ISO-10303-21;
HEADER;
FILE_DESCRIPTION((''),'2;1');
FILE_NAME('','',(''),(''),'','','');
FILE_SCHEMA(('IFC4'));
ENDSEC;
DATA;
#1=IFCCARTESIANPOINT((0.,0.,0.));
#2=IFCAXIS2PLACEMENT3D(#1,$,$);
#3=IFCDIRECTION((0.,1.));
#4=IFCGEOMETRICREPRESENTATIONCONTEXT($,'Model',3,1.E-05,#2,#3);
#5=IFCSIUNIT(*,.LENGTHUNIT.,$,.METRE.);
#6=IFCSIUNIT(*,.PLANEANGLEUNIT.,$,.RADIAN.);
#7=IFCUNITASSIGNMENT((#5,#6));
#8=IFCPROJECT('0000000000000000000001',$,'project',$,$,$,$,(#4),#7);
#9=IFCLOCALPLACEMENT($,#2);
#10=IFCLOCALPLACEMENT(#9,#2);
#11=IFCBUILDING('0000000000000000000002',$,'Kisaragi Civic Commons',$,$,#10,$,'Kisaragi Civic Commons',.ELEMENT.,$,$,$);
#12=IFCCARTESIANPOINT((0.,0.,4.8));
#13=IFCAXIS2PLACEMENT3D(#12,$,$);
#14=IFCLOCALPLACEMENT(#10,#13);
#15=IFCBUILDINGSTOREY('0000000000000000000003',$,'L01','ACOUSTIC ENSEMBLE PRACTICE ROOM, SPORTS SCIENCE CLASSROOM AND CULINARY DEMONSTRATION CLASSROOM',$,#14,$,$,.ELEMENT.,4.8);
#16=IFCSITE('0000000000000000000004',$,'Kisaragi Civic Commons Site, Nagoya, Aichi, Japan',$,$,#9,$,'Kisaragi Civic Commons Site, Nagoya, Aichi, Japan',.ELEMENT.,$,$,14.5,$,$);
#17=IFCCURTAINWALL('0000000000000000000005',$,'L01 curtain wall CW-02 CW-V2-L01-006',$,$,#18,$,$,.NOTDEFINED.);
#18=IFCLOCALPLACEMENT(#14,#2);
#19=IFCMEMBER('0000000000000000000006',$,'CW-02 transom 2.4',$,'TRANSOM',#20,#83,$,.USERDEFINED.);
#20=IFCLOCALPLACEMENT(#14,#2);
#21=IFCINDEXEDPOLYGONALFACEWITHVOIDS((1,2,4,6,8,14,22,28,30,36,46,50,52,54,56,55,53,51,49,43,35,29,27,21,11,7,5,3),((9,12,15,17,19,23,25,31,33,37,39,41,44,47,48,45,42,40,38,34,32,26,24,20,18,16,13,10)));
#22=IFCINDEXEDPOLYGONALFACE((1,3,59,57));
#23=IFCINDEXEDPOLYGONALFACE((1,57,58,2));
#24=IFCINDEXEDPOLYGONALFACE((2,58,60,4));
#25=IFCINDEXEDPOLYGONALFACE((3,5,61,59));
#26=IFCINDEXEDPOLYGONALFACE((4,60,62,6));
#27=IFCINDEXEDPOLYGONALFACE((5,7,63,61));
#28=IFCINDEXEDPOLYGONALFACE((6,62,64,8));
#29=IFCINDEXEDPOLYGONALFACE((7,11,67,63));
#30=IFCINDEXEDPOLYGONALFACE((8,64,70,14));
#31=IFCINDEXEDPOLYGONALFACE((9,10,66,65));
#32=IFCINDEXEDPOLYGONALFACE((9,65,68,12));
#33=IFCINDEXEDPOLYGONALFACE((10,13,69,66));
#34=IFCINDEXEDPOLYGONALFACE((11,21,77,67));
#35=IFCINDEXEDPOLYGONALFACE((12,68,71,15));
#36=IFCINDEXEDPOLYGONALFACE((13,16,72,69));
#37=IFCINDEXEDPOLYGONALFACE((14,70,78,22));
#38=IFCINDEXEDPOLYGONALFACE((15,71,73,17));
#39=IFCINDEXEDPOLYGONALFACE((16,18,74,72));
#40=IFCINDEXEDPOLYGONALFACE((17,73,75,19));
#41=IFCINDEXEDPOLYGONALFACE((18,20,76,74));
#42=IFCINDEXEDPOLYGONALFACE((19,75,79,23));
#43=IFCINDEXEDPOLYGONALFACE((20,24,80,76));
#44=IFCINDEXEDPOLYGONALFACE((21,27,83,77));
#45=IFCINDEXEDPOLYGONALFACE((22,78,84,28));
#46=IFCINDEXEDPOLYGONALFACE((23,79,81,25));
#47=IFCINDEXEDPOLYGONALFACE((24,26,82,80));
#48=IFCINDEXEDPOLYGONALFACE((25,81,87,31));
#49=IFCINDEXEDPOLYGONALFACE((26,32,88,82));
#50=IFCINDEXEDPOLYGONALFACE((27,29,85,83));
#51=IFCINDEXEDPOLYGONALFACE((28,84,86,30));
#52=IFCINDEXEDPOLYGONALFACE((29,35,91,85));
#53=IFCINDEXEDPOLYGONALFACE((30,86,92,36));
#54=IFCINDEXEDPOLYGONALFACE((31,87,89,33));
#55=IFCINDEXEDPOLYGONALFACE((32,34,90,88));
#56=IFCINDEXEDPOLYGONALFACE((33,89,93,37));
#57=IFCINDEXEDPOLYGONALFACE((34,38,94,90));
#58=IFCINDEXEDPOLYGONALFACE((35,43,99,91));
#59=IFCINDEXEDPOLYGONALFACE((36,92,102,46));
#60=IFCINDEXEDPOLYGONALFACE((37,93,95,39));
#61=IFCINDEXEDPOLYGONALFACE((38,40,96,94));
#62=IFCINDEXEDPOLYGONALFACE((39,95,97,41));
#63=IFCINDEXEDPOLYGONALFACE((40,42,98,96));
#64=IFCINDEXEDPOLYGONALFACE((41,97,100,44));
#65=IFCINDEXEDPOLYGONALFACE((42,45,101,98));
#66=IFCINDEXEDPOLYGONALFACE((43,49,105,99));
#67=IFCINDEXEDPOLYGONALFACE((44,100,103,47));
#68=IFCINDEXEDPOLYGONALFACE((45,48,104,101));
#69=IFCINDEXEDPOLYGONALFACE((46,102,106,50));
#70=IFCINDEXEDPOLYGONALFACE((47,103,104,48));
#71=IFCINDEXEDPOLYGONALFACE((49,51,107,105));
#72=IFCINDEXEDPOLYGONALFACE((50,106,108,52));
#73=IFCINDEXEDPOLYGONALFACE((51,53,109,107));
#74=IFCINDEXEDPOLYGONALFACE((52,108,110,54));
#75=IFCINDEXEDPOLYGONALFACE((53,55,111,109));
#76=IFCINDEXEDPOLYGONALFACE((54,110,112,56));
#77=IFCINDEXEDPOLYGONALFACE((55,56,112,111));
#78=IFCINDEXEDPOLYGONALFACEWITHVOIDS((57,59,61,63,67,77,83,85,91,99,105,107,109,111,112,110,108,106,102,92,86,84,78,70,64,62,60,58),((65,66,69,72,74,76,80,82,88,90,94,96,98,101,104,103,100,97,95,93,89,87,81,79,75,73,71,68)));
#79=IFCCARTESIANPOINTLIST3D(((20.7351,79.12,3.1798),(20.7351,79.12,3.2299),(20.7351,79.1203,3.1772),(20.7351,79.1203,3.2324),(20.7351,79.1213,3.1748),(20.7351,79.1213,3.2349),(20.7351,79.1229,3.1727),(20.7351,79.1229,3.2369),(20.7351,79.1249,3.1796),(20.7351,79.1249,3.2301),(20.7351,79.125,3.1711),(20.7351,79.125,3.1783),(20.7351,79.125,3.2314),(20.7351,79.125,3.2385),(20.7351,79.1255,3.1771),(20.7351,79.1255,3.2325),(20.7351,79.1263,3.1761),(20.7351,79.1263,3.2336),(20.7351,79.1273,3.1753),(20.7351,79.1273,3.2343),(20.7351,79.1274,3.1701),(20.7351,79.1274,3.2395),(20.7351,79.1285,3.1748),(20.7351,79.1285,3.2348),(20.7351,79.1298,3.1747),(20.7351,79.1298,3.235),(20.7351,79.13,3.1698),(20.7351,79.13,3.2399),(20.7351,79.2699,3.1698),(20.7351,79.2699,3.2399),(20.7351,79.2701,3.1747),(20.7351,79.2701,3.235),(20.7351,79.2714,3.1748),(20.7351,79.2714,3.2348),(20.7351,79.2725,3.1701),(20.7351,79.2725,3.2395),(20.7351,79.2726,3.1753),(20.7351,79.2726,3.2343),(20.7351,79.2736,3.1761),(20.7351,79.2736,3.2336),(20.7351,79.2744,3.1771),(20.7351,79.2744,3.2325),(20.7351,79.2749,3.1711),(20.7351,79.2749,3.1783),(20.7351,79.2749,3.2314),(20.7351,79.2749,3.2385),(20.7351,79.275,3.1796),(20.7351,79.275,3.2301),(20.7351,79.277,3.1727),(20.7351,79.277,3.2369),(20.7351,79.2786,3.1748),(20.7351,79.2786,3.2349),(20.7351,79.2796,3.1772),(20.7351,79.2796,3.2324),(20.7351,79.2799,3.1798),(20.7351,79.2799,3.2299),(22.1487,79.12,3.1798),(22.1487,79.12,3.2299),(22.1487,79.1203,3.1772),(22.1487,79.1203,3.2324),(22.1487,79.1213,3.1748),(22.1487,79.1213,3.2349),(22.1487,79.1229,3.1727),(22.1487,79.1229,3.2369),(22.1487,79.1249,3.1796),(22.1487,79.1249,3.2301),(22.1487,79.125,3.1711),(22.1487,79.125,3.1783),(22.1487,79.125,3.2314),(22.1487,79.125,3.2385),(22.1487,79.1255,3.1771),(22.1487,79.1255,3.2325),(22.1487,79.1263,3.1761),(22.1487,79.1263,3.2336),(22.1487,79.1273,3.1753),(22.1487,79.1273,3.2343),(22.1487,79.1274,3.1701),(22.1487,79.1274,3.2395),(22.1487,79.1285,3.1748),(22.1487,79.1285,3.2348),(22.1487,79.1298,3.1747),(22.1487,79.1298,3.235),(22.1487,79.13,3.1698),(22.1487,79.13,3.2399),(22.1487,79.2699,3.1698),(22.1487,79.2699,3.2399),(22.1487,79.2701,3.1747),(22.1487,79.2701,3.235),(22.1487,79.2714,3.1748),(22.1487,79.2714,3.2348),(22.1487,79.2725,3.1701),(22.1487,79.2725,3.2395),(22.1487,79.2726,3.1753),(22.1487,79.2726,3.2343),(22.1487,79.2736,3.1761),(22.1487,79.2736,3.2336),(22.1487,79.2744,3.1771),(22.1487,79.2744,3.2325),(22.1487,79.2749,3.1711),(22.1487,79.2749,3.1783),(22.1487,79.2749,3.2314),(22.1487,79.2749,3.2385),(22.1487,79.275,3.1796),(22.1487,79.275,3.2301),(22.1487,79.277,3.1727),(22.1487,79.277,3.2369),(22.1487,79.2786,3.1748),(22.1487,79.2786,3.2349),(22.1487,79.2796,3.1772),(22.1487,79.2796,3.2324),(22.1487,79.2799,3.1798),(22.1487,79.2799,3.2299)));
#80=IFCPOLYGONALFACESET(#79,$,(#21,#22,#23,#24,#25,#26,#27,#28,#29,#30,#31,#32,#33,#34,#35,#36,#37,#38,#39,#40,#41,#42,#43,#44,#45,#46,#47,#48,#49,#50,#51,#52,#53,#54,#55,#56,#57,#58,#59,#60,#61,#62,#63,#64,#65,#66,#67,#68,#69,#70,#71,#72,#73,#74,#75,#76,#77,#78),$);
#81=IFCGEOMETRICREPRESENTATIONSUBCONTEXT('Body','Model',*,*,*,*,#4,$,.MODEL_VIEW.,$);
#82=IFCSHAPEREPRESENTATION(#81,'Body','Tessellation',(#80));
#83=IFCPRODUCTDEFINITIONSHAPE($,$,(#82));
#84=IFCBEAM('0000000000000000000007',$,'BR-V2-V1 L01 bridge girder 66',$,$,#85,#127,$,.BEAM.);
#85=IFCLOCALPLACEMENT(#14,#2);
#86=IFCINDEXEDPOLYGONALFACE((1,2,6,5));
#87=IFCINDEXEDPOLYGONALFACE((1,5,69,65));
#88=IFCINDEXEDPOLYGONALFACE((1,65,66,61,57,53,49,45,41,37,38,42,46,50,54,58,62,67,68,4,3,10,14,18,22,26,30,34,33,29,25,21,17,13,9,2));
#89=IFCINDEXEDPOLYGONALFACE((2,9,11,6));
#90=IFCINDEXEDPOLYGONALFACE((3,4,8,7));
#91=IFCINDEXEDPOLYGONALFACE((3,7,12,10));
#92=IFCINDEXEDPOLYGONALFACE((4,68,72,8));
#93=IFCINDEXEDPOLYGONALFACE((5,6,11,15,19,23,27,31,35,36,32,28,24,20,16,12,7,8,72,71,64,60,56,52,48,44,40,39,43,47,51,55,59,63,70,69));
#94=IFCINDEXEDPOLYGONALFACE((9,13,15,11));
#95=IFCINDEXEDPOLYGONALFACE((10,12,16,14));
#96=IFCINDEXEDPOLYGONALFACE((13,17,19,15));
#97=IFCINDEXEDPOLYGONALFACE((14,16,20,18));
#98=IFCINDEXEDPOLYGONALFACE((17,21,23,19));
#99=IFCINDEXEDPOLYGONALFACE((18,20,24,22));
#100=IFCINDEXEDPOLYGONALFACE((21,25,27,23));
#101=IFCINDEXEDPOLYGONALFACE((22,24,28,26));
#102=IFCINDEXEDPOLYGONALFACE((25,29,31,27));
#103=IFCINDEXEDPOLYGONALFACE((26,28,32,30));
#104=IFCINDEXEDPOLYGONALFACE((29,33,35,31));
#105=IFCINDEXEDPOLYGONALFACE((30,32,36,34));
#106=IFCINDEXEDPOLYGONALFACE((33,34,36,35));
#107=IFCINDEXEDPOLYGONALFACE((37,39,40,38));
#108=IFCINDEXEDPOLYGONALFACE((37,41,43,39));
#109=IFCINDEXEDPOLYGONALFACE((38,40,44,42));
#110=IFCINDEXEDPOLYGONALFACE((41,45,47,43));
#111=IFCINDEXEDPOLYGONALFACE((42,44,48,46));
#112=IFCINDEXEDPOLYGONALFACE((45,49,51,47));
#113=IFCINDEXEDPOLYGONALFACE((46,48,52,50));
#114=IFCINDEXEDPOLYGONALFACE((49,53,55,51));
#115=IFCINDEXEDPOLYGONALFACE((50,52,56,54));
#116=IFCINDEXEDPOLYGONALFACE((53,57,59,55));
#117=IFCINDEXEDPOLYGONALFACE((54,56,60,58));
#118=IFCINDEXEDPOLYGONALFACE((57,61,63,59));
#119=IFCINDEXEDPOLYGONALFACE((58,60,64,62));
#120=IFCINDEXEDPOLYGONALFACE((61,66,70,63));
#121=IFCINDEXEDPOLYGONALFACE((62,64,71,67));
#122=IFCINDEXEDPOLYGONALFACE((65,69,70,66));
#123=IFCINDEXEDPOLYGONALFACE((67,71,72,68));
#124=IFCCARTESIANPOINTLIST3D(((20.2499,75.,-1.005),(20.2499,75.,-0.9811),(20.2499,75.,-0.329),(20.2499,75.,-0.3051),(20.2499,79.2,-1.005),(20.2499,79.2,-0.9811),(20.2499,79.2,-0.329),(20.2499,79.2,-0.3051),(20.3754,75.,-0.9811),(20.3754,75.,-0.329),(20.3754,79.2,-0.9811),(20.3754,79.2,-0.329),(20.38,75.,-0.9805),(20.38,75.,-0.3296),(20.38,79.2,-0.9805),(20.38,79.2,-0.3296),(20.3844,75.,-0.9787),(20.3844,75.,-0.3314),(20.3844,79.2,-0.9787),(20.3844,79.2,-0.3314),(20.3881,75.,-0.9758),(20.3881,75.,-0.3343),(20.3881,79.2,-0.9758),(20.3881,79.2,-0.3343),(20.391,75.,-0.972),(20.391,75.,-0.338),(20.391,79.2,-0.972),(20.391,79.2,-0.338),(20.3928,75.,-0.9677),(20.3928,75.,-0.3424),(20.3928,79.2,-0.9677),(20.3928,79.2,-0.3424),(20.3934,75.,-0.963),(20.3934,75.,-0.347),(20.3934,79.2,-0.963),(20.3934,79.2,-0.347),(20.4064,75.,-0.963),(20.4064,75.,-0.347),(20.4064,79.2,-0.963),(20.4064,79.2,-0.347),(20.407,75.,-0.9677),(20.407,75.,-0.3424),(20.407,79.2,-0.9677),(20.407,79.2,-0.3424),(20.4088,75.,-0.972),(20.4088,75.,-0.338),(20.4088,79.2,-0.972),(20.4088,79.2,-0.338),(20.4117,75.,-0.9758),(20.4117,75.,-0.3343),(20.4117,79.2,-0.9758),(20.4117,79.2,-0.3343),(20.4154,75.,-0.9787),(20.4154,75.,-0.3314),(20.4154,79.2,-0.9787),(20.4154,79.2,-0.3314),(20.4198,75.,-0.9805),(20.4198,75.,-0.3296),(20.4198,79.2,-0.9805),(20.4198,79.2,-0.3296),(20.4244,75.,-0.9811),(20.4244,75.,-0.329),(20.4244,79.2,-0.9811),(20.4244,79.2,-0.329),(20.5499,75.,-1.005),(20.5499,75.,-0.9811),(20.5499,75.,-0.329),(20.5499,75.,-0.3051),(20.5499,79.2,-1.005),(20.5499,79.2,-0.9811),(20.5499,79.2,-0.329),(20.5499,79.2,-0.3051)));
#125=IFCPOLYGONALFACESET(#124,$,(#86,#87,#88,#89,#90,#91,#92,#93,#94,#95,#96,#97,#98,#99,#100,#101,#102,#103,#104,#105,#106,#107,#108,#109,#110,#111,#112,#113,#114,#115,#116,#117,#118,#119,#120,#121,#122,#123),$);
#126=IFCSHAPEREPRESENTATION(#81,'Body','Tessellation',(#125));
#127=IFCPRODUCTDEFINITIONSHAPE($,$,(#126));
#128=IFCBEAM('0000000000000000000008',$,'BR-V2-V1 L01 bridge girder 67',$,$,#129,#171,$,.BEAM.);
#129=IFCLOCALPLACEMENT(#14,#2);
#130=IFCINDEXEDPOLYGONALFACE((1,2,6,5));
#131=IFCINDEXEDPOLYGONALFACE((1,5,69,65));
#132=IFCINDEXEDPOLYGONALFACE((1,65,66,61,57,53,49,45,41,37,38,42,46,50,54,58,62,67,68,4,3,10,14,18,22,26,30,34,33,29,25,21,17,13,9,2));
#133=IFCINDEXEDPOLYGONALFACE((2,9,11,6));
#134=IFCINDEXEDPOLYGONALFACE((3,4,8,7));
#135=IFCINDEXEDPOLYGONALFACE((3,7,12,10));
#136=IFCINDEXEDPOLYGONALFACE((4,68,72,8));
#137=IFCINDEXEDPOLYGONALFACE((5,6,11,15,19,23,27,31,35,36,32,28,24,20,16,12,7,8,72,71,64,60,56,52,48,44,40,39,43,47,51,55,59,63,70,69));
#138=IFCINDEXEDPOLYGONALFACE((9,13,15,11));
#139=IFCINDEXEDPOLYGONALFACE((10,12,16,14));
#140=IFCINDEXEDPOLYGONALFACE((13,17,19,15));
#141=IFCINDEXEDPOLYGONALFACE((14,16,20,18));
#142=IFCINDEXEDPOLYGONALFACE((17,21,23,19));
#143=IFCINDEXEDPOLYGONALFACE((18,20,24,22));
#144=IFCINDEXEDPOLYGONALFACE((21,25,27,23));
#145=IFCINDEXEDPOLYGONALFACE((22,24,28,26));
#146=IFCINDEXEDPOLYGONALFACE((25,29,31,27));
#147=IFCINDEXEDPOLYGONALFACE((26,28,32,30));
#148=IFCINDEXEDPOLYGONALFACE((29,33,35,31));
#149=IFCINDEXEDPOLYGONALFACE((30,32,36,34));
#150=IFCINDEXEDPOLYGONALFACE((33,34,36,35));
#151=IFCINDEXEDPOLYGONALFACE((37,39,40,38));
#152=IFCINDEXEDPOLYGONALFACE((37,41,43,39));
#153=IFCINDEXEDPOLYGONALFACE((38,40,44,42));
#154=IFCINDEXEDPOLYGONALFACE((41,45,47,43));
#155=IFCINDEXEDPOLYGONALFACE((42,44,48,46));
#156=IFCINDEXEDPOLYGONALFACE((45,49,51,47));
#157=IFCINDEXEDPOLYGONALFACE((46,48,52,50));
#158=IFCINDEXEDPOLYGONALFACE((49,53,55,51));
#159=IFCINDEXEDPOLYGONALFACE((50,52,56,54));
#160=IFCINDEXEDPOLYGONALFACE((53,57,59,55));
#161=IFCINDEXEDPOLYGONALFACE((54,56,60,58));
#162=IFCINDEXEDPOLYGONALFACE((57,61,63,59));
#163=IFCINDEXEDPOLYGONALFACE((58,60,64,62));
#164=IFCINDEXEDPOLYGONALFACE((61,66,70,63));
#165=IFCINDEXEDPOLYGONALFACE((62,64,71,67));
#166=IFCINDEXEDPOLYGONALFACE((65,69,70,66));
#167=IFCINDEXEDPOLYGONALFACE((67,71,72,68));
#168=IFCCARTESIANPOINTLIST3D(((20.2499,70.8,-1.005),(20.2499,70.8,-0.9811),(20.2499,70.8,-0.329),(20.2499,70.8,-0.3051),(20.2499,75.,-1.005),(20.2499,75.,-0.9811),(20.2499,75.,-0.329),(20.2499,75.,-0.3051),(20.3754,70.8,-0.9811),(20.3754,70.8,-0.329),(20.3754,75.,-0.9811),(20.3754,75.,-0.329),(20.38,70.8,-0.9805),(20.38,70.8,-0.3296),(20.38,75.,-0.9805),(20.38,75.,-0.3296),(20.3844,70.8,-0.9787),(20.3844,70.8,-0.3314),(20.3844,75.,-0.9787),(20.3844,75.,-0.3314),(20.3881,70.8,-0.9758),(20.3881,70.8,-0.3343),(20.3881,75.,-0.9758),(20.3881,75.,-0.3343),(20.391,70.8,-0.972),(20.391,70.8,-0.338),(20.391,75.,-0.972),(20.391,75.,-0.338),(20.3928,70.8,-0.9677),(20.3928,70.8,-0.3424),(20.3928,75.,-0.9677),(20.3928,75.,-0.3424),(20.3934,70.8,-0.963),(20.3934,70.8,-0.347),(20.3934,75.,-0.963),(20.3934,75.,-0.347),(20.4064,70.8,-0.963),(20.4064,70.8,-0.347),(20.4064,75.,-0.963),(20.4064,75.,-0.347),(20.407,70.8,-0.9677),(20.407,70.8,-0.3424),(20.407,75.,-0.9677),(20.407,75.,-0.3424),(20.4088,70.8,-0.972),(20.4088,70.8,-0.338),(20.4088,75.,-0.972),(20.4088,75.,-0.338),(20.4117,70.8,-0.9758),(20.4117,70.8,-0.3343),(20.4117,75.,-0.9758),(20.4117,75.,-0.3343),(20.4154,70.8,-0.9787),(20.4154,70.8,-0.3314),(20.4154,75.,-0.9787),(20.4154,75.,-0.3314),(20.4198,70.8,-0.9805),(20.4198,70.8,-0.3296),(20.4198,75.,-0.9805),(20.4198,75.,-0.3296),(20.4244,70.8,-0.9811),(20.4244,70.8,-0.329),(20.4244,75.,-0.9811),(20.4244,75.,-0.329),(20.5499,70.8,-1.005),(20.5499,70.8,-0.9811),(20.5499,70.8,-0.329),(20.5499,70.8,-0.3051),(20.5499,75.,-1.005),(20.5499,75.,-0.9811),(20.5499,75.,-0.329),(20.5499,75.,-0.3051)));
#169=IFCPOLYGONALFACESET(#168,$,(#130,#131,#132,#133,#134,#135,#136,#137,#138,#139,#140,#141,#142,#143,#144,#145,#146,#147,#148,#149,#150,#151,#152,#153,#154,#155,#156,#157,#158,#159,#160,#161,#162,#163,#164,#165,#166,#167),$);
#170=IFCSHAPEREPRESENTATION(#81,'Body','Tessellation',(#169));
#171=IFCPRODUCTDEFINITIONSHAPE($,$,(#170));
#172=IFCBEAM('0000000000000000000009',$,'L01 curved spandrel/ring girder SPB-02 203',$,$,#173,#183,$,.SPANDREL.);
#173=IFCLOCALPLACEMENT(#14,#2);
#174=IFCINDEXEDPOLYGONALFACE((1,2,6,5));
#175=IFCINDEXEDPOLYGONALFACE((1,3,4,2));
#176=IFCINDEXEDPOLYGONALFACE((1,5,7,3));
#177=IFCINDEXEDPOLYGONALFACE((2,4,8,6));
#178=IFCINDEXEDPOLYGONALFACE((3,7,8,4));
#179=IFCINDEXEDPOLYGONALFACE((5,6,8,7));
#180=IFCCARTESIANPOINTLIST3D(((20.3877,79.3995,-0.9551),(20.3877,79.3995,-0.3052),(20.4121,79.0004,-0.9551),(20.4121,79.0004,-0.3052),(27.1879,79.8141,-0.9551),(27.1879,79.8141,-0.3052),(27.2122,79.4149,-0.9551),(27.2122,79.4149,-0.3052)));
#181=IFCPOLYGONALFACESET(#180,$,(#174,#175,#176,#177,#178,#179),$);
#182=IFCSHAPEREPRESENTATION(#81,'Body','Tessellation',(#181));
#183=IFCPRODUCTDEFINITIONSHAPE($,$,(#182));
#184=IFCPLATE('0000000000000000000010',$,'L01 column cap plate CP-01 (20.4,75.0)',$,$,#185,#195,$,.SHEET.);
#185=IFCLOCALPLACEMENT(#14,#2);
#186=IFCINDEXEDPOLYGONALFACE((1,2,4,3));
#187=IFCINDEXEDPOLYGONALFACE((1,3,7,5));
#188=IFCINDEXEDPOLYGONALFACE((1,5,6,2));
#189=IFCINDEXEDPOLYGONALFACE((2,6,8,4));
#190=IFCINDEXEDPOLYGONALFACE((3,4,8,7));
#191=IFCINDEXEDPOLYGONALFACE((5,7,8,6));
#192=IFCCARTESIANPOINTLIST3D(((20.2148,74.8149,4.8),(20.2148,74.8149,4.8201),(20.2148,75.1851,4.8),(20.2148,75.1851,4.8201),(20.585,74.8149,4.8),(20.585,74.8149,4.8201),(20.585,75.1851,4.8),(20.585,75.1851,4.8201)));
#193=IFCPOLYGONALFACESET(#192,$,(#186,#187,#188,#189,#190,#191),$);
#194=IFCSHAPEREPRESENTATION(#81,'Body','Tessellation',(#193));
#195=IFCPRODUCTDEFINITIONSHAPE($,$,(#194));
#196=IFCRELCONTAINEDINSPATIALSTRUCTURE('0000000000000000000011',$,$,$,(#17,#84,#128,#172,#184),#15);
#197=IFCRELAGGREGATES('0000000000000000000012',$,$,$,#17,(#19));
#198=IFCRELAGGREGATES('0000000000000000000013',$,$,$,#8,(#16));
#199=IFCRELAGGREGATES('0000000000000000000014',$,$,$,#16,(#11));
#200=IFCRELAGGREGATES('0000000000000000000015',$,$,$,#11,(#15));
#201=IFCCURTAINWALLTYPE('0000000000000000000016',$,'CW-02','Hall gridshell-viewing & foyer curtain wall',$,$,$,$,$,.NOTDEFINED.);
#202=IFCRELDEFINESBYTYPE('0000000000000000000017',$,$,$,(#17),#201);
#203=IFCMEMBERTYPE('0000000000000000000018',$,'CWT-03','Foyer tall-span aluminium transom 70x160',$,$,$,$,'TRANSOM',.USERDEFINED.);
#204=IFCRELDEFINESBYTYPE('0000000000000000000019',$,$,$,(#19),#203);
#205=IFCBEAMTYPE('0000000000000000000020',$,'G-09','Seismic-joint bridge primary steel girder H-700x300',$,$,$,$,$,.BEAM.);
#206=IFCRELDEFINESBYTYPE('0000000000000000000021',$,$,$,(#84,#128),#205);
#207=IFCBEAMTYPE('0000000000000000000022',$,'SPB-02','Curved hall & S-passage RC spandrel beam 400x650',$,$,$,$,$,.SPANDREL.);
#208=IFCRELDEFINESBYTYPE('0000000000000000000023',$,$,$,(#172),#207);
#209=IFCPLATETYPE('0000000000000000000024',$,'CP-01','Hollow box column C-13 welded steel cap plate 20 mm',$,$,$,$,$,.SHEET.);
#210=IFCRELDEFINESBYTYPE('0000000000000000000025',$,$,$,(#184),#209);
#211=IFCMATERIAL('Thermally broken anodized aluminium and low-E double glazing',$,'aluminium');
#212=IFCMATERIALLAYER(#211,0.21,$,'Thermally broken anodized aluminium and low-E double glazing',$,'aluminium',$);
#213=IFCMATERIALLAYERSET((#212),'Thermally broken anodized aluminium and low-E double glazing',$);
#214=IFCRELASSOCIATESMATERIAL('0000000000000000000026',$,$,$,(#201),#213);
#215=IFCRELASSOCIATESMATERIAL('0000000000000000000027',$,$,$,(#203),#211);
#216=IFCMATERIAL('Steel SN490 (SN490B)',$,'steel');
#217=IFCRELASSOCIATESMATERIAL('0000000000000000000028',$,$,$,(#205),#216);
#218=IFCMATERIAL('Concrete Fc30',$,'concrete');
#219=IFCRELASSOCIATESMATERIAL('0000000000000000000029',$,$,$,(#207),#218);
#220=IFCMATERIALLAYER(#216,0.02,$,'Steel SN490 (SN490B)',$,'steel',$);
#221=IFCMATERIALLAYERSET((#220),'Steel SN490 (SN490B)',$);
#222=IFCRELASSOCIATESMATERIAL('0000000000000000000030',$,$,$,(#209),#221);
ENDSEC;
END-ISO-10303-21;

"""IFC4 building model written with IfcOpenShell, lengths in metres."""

from ifc_helpers import new_model, si_unit, direction, frame, origin, origin_2d, place, context, subcontext, project, spatial, rectangle, hollow_rectangle, i_section, extrude, material, layer, layer_set, material_profile, profile_set, type_object, element, aggregate, save


model = new_model("IFC4")

# Units and contexts
model_context = context("Model", 3, precision=1e-05, world=origin(), true_north=direction((0.0, 1.0)))
body_context = subcontext(model_context, "Body", "Model", "MODEL_VIEW")
ifc_project = project(units=[si_unit("LENGTHUNIT", "METRE"), si_unit("PLANEANGLEUNIT", "RADIAN")], contexts=[model_context])

# Site, building, storey
site_placement = place(None, origin())
site = spatial("IfcSite", under=ifc_project, at=site_placement, Name="Kisaragi Civic Commons Site, Nagoya, Aichi, Japan", LongName="Kisaragi Civic Commons Site, Nagoya, Aichi, Japan", CompositionType="ELEMENT", RefElevation=14.5)
building_placement = place(site_placement, origin())
building = spatial("IfcBuilding", under=site, at=building_placement, Name="Kisaragi Civic Commons", LongName="Kisaragi Civic Commons", CompositionType="ELEMENT")
storey_placement = place(building_placement, frame((0.0, 0.0, 4.8)))
storey = spatial("IfcBuildingStorey", under=building, at=storey_placement, Name="L01", Description="ACOUSTIC ENSEMBLE PRACTICE ROOM, SPORTS SCIENCE CLASSROOM AND CULINARY DEMONSTRATION CLASSROOM", CompositionType="ELEMENT", Elevation=4.8)

# Shared definitions
ifc_material_1 = material(Name="Concrete Fc30", Category="concrete")

# Curtain wall, member
ifc_material_2 = material(Name="Thermally broken anodized aluminium and low-E double glazing", Category="aluminium")
ifc_layer_1 = layer(ifc_material_2, 0.21, Name="Thermally broken anodized aluminium and low-E double glazing", Category="aluminium")
ifc_layer_set_1 = layer_set([ifc_layer_1], Name="Thermally broken anodized aluminium and low-E double glazing")
curtain_wall_type = type_object("IfcCurtainWallType", Name="CW-02", Description="Hall gridshell-viewing & foyer curtain wall", PredefinedType="NOTDEFINED", material=ifc_layer_set_1)
curtain_wall_placement = place(storey_placement, origin())
curtain_wall = element("IfcCurtainWall", 1, at=curtain_wall_placement, inside=storey, type_object=curtain_wall_type, Name="L01 curtain wall CW-02 CW-V2-L01-006", PredefinedType="NOTDEFINED")
ifc_material_profile_1 = material_profile(ifc_material_2, hollow_rectangle(XDim=0.1599, YDim=0.0701, WallThickness=0.0049, InnerFilletRadius=0.0049, OuterFilletRadius=0.01, at=origin_2d()), Name="CWT-70x160x5", Category="aluminium")
ifc_profile_set_1 = profile_set([ifc_material_profile_1], Name="Thermally broken anodized aluminium and low-E double glazing")
member_type_1 = type_object("IfcMemberType", Name="CWT-03", Description="Foyer tall-span aluminium transom 70x160", ElementType="TRANSOM", PredefinedType="USERDEFINED", material=ifc_profile_set_1)
member_1_placement = place(storey_placement, frame((22.1487, 79.2, 3.2048), z_axis=(-1.0, 0.0, 0.0), x_axis=(0.0, -1.0, 0.0)))
member_1 = element("IfcMember", 2, at=member_1_placement, type_object=member_type_1, Name="CW-02 transom 2.4", ObjectType="TRANSOM", PredefinedType="USERDEFINED", context=body_context, shape_type="SweptSolid", body=[
    extrude(hollow_rectangle(XDim=0.1599, YDim=0.0701, WallThickness=0.0049, InnerFilletRadius=0.0049, OuterFilletRadius=0.01, at=origin_2d()), origin(), (0.0, 0.0, 1.0), 1.4136),
])

# Beams
ifc_material_3 = material(Name="Steel SN490 (SN490B)", Category="steel")
ifc_material_profile_2 = material_profile(ifc_material_3, i_section(OverallWidth=0.3, OverallDepth=0.7, WebThickness=0.0129, FlangeThickness=0.0239, FilletRadius=0.0181, at=origin_2d()), Name="H-700x300x13x24", Category="steel")
ifc_profile_set_2 = profile_set([ifc_material_profile_2], Name="Steel SN490 (SN490B)")
beam_type_1 = type_object("IfcBeamType", Name="G-09", Description="Seismic-joint bridge primary steel girder H-700x300", PredefinedType="BEAM", material=ifc_profile_set_2)
for number, where, z_axis, x_axis, name in (
    (3, (20.3999, 79.2, -0.655), (0.0, -1.0, 0.0), (1.0, 0.0, 0.0), "BR-V2-V1 L01 bridge girder 66"),
    (4, (20.3999, 75.0, -0.655), (0.0, -1.0, 0.0), (1.0, 0.0, 0.0), "BR-V2-V1 L01 bridge girder 67"),
):
    element("IfcBeam", number, at=place(storey_placement, frame(where, z_axis=z_axis, x_axis=x_axis)), inside=storey, type_object=beam_type_1, Name=name, PredefinedType="BEAM", context=body_context, shape_type="SweptSolid", body=[
        extrude(i_section(OverallWidth=0.3, OverallDepth=0.7, WebThickness=0.0129, FlangeThickness=0.0239, FilletRadius=0.0181, at=origin_2d()), origin(), (0.0, 0.0, 1.0), 4.2),
    ])
ifc_material_profile_3 = material_profile(ifc_material_1, rectangle(XDim=0.3999, YDim=0.6499, at=origin_2d()), Name="RC-400x650", Category="concrete")
ifc_profile_set_3 = profile_set([ifc_material_profile_3], Name="Concrete Fc30")
beam_type_2 = type_object("IfcBeamType", Name="SPB-02", Description="Curved hall & S-passage RC spandrel beam 400x650", PredefinedType="SPANDREL", material=ifc_profile_set_3)
beam_placement = place(storey_placement, frame((20.3999, 79.2, -0.6301), z_axis=(0.998147, 0.06085, 0.0), x_axis=(-0.06085, 0.998147, 0.0)))
element("IfcBeam", 5, at=beam_placement, inside=storey, type_object=beam_type_2, Name="L01 curved spandrel/ring girder SPB-02 203", PredefinedType="SPANDREL", context=body_context, shape_type="SweptSolid", body=[
    extrude(rectangle(XDim=0.3999, YDim=0.6499, at=origin_2d()), origin(), (0.0, 0.0, 1.0), 6.8127),
])

# Plate
ifc_layer_2 = layer(ifc_material_3, 0.02, Name="Steel SN490 (SN490B)", Category="steel")
ifc_layer_set_2 = layer_set([ifc_layer_2], Name="Steel SN490 (SN490B)")
plate_type_1 = type_object("IfcPlateType", Name="CP-01", Description="Hollow box column C-13 welded steel cap plate 20 mm", PredefinedType="SHEET", material=ifc_layer_set_2)
plate_1_placement = place(storey_placement, frame((20.3999, 75.0, 4.8), z_axis=(0.0, 0.0, 1.0), x_axis=(1.0, 0.0, 0.0)))
element("IfcPlate", 6, at=plate_1_placement, inside=storey, type_object=plate_type_1, Name="L01 column cap plate CP-01 (20.4,75.0)", PredefinedType="SHEET", context=body_context, shape_type="SweptSolid", body=[
    extrude(rectangle(XDim=0.3701, YDim=0.3701, at=origin_2d()), origin(), (0.0, 0.0, 1.0), 0.02),
])
aggregate(curtain_wall, [member_1])

save(model, "model.ifc")
